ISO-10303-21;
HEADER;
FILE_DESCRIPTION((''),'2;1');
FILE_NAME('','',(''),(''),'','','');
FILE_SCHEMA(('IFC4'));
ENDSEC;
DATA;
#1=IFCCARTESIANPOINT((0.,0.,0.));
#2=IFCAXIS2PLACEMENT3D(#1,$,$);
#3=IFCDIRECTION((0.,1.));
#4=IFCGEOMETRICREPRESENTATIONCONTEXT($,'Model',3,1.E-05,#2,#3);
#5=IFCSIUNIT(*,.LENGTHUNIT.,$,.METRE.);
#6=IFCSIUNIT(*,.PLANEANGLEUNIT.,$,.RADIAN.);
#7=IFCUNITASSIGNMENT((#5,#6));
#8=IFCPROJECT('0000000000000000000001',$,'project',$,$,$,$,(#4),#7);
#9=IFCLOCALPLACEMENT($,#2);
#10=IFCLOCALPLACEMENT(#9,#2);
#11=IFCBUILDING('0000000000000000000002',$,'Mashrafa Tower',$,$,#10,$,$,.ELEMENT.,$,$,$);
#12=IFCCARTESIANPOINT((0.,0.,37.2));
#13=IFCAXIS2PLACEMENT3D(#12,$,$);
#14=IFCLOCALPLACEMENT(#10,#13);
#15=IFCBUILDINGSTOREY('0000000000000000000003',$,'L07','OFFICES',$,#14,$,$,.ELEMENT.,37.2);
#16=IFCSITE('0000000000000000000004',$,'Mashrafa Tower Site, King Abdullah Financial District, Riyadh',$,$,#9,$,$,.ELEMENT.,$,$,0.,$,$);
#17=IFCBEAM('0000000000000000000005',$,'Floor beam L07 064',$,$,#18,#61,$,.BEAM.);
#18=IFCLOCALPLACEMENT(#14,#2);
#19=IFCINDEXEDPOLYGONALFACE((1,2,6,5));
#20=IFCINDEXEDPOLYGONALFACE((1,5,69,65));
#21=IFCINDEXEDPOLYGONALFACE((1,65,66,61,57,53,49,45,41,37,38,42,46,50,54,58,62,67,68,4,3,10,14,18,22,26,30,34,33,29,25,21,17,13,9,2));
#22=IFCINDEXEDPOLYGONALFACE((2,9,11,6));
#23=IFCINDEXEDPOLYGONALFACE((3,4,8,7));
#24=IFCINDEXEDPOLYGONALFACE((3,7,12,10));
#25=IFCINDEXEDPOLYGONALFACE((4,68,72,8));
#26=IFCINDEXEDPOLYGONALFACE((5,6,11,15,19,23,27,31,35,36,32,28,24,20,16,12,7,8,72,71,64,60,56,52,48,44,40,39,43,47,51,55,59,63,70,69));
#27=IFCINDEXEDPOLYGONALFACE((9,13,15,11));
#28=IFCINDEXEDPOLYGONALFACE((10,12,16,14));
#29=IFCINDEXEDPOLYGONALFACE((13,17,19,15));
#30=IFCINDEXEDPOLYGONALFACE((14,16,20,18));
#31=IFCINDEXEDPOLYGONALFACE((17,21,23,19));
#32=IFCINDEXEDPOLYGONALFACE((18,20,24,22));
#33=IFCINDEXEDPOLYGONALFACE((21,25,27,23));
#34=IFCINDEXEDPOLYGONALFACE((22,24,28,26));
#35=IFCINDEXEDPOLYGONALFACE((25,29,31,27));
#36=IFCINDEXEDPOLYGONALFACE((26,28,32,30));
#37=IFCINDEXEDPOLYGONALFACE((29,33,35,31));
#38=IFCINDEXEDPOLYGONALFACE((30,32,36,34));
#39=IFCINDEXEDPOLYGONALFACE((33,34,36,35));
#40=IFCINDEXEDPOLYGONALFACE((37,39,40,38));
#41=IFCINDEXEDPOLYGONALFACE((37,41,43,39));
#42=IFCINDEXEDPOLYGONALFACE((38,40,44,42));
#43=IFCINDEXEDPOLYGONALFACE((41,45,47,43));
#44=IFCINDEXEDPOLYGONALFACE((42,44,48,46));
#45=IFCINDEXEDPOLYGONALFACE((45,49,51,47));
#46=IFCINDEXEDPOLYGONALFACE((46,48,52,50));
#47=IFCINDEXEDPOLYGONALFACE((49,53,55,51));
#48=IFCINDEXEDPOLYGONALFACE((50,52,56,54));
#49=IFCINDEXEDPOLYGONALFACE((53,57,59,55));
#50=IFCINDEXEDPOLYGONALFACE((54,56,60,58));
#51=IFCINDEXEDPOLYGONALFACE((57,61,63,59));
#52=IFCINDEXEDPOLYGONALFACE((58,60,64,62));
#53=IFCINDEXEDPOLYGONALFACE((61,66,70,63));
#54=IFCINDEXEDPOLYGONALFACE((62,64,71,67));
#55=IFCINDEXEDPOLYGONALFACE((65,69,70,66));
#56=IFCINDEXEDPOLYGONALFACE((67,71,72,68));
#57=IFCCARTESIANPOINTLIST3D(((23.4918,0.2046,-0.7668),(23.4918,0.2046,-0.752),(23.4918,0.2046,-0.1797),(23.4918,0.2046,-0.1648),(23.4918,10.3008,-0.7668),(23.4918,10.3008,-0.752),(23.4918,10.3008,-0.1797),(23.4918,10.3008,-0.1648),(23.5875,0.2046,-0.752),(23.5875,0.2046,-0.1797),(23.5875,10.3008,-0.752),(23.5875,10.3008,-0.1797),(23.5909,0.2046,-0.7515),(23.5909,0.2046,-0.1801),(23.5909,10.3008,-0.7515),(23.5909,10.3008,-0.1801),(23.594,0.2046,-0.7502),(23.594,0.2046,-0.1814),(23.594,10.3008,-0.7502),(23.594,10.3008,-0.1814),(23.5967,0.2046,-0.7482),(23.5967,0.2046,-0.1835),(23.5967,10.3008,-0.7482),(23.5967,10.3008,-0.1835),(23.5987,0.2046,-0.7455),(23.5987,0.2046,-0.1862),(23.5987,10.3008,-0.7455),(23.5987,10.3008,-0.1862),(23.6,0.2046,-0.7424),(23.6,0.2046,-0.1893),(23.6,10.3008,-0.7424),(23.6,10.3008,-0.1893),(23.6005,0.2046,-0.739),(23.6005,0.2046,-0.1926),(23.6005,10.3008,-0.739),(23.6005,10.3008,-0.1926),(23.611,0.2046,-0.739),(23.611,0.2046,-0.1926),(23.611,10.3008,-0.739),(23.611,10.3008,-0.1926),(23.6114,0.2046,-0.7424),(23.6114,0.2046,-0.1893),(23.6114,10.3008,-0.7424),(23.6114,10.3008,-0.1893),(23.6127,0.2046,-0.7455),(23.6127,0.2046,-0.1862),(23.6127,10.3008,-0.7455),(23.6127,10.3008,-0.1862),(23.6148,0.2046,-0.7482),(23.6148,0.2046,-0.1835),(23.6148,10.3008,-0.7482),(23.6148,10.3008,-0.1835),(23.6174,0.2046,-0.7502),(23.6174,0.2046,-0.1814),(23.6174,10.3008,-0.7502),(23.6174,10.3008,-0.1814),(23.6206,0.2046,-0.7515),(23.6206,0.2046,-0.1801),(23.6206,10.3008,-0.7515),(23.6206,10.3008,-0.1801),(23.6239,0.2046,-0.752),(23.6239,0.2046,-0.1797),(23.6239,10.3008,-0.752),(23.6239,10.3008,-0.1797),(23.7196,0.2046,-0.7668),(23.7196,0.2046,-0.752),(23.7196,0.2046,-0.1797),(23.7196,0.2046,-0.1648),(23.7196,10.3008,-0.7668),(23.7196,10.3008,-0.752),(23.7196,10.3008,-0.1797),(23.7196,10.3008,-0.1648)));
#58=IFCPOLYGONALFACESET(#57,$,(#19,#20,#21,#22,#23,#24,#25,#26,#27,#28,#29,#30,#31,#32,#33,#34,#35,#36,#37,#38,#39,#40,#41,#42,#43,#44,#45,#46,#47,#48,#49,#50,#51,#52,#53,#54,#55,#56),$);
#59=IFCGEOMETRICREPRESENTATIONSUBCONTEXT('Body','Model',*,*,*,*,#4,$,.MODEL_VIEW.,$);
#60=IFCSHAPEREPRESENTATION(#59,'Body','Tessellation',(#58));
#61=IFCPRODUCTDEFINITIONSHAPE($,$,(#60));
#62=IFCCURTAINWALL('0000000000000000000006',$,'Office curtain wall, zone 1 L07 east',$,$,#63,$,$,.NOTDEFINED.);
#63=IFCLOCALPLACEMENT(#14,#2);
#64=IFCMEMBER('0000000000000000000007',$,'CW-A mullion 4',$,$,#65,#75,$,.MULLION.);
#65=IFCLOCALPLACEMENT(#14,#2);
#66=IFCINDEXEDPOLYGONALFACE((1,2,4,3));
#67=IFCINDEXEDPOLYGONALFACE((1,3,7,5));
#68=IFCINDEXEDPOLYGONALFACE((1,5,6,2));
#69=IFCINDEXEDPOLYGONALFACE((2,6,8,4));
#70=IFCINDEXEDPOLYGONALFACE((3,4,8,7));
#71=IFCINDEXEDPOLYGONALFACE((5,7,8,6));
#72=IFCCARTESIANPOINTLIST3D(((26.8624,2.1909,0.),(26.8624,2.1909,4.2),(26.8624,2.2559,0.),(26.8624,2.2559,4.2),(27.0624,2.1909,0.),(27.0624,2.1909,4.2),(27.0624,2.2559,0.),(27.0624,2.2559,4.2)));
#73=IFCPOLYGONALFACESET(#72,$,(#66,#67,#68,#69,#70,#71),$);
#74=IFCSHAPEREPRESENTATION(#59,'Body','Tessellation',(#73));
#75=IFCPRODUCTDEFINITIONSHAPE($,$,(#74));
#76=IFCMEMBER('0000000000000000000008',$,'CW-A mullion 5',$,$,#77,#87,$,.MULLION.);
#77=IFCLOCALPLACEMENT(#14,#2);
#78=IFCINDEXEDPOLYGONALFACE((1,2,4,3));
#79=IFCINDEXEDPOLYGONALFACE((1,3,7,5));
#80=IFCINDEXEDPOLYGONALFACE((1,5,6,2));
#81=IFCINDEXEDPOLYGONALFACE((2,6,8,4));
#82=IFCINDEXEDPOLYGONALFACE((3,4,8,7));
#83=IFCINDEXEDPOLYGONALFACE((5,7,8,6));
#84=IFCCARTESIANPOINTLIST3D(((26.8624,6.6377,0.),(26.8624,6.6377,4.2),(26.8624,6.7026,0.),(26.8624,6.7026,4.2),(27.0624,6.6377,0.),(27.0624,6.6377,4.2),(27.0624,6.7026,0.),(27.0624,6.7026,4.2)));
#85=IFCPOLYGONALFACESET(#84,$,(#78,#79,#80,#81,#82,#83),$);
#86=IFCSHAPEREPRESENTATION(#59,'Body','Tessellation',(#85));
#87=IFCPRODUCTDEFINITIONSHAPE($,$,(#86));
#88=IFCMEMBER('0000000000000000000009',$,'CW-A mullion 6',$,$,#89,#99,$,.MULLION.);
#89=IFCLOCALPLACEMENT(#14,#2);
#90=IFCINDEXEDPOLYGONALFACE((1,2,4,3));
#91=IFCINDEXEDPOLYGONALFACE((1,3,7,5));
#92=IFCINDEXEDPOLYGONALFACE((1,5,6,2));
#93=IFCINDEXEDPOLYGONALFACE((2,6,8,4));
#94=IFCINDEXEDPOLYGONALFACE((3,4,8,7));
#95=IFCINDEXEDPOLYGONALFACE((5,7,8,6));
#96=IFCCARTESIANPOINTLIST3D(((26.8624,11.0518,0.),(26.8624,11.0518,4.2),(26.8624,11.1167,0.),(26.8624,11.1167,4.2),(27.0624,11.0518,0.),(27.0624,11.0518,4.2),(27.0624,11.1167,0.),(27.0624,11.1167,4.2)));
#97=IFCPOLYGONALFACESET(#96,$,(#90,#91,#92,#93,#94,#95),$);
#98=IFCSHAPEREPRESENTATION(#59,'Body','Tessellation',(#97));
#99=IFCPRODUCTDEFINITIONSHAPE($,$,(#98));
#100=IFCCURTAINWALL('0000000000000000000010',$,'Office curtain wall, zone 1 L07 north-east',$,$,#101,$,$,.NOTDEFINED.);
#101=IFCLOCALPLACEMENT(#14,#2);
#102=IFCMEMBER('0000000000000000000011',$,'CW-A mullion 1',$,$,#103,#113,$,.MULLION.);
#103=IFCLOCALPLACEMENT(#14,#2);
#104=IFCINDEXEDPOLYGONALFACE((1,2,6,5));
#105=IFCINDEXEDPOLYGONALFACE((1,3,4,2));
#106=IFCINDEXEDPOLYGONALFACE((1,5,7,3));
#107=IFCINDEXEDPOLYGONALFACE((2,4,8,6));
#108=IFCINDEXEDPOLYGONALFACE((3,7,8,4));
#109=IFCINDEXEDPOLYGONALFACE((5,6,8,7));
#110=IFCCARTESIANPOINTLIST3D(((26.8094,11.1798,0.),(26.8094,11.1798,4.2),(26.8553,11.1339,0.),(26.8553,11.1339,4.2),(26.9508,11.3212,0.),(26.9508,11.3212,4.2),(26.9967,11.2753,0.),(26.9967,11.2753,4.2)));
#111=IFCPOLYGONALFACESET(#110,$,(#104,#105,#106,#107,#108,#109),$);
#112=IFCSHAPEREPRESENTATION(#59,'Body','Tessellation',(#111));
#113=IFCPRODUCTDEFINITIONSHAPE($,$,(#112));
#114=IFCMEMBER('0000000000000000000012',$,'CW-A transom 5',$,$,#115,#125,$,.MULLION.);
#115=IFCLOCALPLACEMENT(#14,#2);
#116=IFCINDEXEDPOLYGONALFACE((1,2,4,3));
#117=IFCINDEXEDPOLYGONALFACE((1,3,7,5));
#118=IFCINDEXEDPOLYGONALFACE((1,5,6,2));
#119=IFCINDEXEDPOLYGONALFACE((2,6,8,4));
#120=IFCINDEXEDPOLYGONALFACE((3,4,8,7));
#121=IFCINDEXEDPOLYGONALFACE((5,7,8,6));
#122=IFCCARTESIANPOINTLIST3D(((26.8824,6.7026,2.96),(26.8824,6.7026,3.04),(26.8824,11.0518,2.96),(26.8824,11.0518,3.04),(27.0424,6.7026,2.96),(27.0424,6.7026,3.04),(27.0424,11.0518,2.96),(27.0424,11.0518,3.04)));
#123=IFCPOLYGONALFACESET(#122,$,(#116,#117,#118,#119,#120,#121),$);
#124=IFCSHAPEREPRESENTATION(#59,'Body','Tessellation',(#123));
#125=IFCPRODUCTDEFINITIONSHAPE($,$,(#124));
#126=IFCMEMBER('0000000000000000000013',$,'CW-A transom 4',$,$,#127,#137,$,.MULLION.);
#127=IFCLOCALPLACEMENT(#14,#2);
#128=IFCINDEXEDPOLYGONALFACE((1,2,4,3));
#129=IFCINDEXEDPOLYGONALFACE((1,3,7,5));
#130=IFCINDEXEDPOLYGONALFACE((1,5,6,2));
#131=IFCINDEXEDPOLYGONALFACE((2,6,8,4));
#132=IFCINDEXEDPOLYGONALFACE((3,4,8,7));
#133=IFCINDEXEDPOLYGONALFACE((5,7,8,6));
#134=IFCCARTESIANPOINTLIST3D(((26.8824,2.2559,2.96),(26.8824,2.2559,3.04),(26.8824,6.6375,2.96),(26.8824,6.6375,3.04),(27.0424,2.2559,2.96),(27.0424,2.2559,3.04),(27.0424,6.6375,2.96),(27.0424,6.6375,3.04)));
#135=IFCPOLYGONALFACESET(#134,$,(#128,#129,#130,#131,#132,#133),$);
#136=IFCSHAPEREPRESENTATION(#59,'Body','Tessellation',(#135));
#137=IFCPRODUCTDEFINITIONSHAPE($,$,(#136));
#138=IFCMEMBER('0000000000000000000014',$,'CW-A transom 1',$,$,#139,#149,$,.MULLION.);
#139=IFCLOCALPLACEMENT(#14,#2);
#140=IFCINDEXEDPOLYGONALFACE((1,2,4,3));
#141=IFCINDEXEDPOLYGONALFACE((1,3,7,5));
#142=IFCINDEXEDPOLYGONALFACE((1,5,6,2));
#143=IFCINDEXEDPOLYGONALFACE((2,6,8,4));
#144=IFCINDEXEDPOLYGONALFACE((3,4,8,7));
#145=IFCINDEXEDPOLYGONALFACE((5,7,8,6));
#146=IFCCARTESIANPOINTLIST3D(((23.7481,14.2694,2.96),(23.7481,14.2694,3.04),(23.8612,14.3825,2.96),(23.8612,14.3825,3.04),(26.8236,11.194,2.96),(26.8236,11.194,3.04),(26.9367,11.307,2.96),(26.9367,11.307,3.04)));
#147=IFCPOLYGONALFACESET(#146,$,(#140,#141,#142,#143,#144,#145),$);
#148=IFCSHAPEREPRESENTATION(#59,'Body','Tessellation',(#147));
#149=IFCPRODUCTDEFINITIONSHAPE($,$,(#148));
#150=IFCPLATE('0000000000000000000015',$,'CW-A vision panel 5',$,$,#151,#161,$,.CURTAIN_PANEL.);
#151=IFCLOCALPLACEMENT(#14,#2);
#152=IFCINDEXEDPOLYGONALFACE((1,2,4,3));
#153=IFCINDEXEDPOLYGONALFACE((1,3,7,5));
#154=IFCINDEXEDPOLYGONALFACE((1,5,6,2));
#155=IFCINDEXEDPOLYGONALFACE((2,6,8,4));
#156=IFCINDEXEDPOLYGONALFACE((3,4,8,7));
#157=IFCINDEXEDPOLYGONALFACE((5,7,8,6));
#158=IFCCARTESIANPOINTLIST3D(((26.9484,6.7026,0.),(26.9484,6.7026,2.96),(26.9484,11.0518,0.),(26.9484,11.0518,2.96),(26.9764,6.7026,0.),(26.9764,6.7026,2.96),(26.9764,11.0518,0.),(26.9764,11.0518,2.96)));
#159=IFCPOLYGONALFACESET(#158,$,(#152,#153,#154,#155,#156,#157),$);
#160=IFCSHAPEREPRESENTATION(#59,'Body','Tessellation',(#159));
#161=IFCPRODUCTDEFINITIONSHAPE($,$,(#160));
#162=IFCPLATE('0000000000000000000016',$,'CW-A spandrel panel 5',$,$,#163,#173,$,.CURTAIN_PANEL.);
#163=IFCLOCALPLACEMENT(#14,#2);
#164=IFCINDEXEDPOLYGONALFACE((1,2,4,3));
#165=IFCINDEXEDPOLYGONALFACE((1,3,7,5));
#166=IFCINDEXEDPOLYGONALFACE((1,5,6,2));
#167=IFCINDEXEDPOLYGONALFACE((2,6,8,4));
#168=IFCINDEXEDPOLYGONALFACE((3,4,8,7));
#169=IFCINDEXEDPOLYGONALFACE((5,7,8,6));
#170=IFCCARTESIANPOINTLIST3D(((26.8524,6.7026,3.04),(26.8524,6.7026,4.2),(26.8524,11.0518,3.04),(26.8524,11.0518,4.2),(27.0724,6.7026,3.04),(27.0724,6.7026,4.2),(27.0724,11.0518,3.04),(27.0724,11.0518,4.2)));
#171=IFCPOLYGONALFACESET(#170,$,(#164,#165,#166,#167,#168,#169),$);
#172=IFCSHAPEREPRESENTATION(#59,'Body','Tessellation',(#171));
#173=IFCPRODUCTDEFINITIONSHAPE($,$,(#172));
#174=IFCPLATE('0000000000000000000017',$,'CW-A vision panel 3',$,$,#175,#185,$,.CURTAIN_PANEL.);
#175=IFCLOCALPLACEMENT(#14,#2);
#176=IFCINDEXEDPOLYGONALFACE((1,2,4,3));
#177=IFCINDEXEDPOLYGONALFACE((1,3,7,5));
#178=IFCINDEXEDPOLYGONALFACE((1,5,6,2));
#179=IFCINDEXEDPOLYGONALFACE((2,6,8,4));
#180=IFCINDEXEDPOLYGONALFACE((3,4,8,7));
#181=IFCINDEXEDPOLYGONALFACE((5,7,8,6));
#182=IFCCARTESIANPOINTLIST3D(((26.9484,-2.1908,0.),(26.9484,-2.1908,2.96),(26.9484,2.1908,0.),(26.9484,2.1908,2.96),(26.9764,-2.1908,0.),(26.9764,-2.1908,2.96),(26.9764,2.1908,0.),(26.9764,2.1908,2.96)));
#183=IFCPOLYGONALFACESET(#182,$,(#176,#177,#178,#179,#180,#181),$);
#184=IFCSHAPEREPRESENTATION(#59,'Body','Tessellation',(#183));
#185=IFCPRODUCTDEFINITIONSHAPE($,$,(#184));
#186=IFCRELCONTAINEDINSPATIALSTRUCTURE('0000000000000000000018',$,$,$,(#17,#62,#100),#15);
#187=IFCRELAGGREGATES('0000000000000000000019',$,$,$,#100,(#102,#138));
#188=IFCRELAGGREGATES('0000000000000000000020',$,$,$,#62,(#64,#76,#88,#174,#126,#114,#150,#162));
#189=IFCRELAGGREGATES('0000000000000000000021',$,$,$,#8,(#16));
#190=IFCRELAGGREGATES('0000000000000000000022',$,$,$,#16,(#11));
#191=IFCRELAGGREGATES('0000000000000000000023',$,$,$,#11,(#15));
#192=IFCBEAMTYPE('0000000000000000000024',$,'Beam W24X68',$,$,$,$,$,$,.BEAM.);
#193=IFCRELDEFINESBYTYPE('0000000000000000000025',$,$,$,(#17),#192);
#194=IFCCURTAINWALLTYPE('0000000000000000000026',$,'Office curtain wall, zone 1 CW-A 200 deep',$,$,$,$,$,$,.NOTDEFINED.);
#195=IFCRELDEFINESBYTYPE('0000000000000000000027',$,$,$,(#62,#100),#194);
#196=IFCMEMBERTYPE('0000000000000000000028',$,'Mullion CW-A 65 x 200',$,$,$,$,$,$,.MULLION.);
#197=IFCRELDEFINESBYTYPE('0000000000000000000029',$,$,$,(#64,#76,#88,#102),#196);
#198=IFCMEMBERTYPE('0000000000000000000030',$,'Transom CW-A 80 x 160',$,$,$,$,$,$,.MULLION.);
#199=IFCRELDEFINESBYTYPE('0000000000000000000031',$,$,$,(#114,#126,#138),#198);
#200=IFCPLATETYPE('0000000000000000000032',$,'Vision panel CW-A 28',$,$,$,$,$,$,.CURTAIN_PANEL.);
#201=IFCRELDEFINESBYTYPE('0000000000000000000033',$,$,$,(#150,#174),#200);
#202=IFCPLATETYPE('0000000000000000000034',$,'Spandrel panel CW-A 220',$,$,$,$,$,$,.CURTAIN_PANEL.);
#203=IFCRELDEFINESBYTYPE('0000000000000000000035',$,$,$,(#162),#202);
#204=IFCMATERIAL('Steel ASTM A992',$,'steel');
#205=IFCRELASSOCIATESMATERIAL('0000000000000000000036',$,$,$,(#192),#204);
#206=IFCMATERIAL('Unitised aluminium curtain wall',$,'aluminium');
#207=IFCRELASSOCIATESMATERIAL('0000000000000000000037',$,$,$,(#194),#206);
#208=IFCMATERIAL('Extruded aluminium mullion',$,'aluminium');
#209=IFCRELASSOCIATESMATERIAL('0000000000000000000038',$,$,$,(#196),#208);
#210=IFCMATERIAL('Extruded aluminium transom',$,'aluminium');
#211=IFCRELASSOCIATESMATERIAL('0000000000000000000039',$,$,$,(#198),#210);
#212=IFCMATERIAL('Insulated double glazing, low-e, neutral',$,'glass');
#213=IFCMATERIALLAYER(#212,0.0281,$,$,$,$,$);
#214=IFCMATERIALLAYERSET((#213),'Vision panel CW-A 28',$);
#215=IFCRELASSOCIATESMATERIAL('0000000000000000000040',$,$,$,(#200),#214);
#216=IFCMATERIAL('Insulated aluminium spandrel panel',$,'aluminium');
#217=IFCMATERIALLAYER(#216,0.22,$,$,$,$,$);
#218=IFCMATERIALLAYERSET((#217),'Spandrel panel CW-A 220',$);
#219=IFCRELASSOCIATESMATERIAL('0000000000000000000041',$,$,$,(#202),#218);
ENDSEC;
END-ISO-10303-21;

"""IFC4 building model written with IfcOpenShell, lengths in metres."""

from ifc_helpers import new_model, si_unit, direction, frame, origin, origin_2d, place, context, subcontext, project, spatial, rectangle, i_section, extrude, source, transform, mapped, material, layer, layer_set, material_profile, profile_set, type_object, type_shapes, element, aggregate, save


model = new_model("IFC4")

# Units and contexts
model_context = context("Model", 3, precision=1e-05, world=origin(), true_north=direction((0.0, 1.0)))
body_context = subcontext(model_context, "Body", "Model", "MODEL_VIEW")
ifc_project = project(units=[si_unit("LENGTHUNIT", "METRE"), si_unit("PLANEANGLEUNIT", "RADIAN")], contexts=[model_context])

# Site, building, storey
site_placement = place(None, origin())
site = spatial("IfcSite", under=ifc_project, at=site_placement, Name="Mashrafa Tower Site, King Abdullah Financial District, Riyadh", CompositionType="ELEMENT", RefElevation=0.0)
building_placement = place(site_placement, origin())
building = spatial("IfcBuilding", under=site, at=building_placement, Name="Mashrafa Tower", CompositionType="ELEMENT")
storey_placement = place(building_placement, frame((0.0, 0.0, 37.2)))
storey = spatial("IfcBuildingStorey", under=building, at=storey_placement, Name="L07", Description="OFFICES", CompositionType="ELEMENT", Elevation=37.2)

# Beam
ifc_material_1 = material(Name="Steel ASTM A992", Category="steel")
ifc_material_profile_1 = material_profile(ifc_material_1, i_section(OverallWidth=0.2278, OverallDepth=0.6021, WebThickness=0.0105, FlangeThickness=0.0149, FilletRadius=0.0129, at=origin_2d()), Name="W24X68")
ifc_profile_set_1 = profile_set([ifc_material_profile_1], Name="Steel ASTM A992")
beam_type_1 = type_object("IfcBeamType", Name="Beam W24X68", PredefinedType="BEAM", material=ifc_profile_set_1)
beam_1_placement = place(storey_placement, frame((23.6057, 10.3008, -0.4658), z_axis=(0.0, -1.0, 0.0), x_axis=(1.0, 0.0, 0.0)))
element("IfcBeam", 1, at=beam_1_placement, inside=storey, type_object=beam_type_1, Name="Floor beam L07 064", PredefinedType="BEAM", context=body_context, shape_type="SweptSolid", body=[
    extrude(i_section(OverallWidth=0.2278, OverallDepth=0.6021, WebThickness=0.0105, FlangeThickness=0.0149, FilletRadius=0.0129, at=origin_2d()), origin(), (0.0, 0.0, 1.0), 10.0962),
])

# Curtain wall, members
ifc_material_2 = material(Name="Unitised aluminium curtain wall", Category="aluminium")
curtain_wall_type = type_object("IfcCurtainWallType", Name="Office curtain wall, zone 1 CW-A 200 deep", PredefinedType="NOTDEFINED", material=ifc_material_2)
curtain_wall_1_placement = place(storey_placement, origin())
curtain_wall_1 = element("IfcCurtainWall", 2, at=curtain_wall_1_placement, inside=storey, type_object=curtain_wall_type, Name="Office curtain wall, zone 1 L07 east", PredefinedType="NOTDEFINED")
ifc_material_3 = material(Name="Extruded aluminium mullion", Category="aluminium")
ifc_material_profile_2 = material_profile(ifc_material_3, rectangle(XDim=0.2, YDim=0.0649, at=origin_2d()), Name="Mullion 65x200")
ifc_profile_set_2 = profile_set([ifc_material_profile_2], Name="Extruded aluminium mullion")
member_type_1 = type_object("IfcMemberType", Name="Mullion CW-A 65 x 200", PredefinedType="MULLION", material=ifc_profile_set_2)
shared_shape_1 = source(origin(), body_context, "Body", "SweptSolid", [
    extrude(rectangle(XDim=0.2, YDim=0.0649, at=origin_2d()), origin(), (0.0, 0.0, 1.0), 4.2),
])
type_shapes(member_type_1, [shared_shape_1])
member_1_placement = place(storey_placement, frame((26.9624, 2.2234, 0.0), z_axis=(0.0, 0.0, 1.0), x_axis=(-1.0, 0.0, 0.0)))
member_1 = element("IfcMember", 3, at=member_1_placement, type_object=member_type_1, Name="CW-A mullion 4", PredefinedType="MULLION", context=body_context, shape_type="MappedRepresentation", body=[
    mapped(shared_shape_1, transform((0.0, 0.0, 0.0))),
])
member_2_placement = place(storey_placement, frame((26.9624, 6.6702, 0.0), z_axis=(0.0, 0.0, 1.0), x_axis=(-1.0, 0.0, 0.0)))
member_2 = element("IfcMember", 4, at=member_2_placement, type_object=member_type_1, Name="CW-A mullion 5", PredefinedType="MULLION", context=body_context, shape_type="MappedRepresentation", body=[
    mapped(shared_shape_1, transform((0.0, 0.0, 0.0))),
])
member_3_placement = place(storey_placement, frame((26.9624, 11.0842, 0.0), z_axis=(0.0, 0.0, 1.0), x_axis=(-1.0, 0.0, 0.0)))
member_3 = element("IfcMember", 5, at=member_3_placement, type_object=member_type_1, Name="CW-A mullion 6", PredefinedType="MULLION", context=body_context, shape_type="MappedRepresentation", body=[
    mapped(shared_shape_1, transform((0.0, 0.0, 0.0))),
])

# Curtain wall, member
curtain_wall_2_placement = place(storey_placement, origin())
curtain_wall_2 = element("IfcCurtainWall", 6, at=curtain_wall_2_placement, inside=storey, type_object=curtain_wall_type, Name="Office curtain wall, zone 1 L07 north-east", PredefinedType="NOTDEFINED")
member_4_placement = place(storey_placement, frame((26.9031, 11.2275, 0.0), z_axis=(0.0, 0.0, 1.0), x_axis=(-0.707107, -0.707107, 0.0)))
member_4 = element("IfcMember", 7, at=member_4_placement, type_object=member_type_1, Name="CW-A mullion 1", PredefinedType="MULLION", context=body_context, shape_type="MappedRepresentation", body=[
    mapped(shared_shape_1, transform((0.0, 0.0, 0.0))),
])

# Members
ifc_material_4 = material(Name="Extruded aluminium transom", Category="aluminium")
ifc_material_profile_3 = material_profile(ifc_material_4, rectangle(XDim=0.1599, YDim=0.0801, at=origin_2d()), Name="Transom 80x160")
ifc_profile_set_3 = profile_set([ifc_material_profile_3], Name="Extruded aluminium transom")
member_type_2 = type_object("IfcMemberType", Name="Transom CW-A 80 x 160", PredefinedType="MULLION", material=ifc_profile_set_3)
shared_shape_2 = source(origin(), body_context, "Body", "SweptSolid", [
    extrude(rectangle(XDim=0.1599, YDim=0.0801, at=origin_2d()), origin(), (0.0, 0.0, 1.0), 4.3491),
])
member_5_placement = place(storey_placement, frame((26.9624, 6.7026, 3.0), z_axis=(0.0, 1.0, 0.0), x_axis=(-1.0, 0.0, 0.0)))
member_5 = element("IfcMember", 8, at=member_5_placement, type_object=member_type_2, Name="CW-A transom 5", PredefinedType="MULLION", context=body_context, shape_type="MappedRepresentation", body=[
    mapped(shared_shape_2, transform((0.0, 0.0, 0.0))),
])
shared_shape_3 = source(origin(), body_context, "Body", "SweptSolid", [
    extrude(rectangle(XDim=0.1599, YDim=0.0801, at=origin_2d()), origin(), (0.0, 0.0, 1.0), 4.3816),
])
member_6_placement = place(storey_placement, frame((26.9624, 2.2559, 3.0), z_axis=(0.0, 1.0, 0.0), x_axis=(-1.0, 0.0, 0.0)))
member_6 = element("IfcMember", 9, at=member_6_placement, type_object=member_type_2, Name="CW-A transom 4", PredefinedType="MULLION", context=body_context, shape_type="MappedRepresentation", body=[
    mapped(shared_shape_3, transform((0.0, 0.0, 0.0))),
])
shared_shape_4 = source(origin(), body_context, "Body", "SweptSolid", [
    extrude(rectangle(XDim=0.1599, YDim=0.0801, at=origin_2d()), origin(), (0.0, 0.0, 1.0), 4.3494),
])
type_shapes(member_type_2, [shared_shape_2, shared_shape_3, shared_shape_4])
member_7_placement = place(storey_placement, frame((26.8801, 11.2505, 3.0), z_axis=(-0.707107, 0.707107, 0.0), x_axis=(-0.707107, -0.707107, 0.0)))
member_7 = element("IfcMember", 10, at=member_7_placement, type_object=member_type_2, Name="CW-A transom 1", PredefinedType="MULLION", context=body_context, shape_type="MappedRepresentation", body=[
    mapped(shared_shape_4, transform((0.0, 0.0, 0.0))),
])
aggregate(curtain_wall_2, [member_4, member_7])

# Plates
ifc_material_5 = material(Name="Insulated double glazing, low-e, neutral", Category="glass")
ifc_layer_1 = layer(ifc_material_5, 0.0281)
ifc_layer_set_1 = layer_set([ifc_layer_1], Name="Vision panel CW-A 28")
plate_type_1 = type_object("IfcPlateType", Name="Vision panel CW-A 28", PredefinedType="CURTAIN_PANEL", material=ifc_layer_set_1)
shared_shape_5 = source(origin(), body_context, "Body", "SweptSolid", [
    extrude(rectangle(XDim=4.3491, YDim=0.0281, at=origin_2d()), origin(), (0.0, 0.0, 1.0), 2.96),
])
plate_1_placement = place(storey_placement, frame((26.9624, 8.8772, 0.0), z_axis=(0.0, 0.0, 1.0), x_axis=(0.0, 1.0, 0.0)))
plate_1 = element("IfcPlate", 11, at=plate_1_placement, type_object=plate_type_1, Name="CW-A vision panel 5", PredefinedType="CURTAIN_PANEL", context=body_context, shape_type="MappedRepresentation", body=[
    mapped(shared_shape_5, transform((0.0, 0.0, 0.0))),
])
ifc_material_6 = material(Name="Insulated aluminium spandrel panel", Category="aluminium")
ifc_layer_2 = layer(ifc_material_6, 0.22)
ifc_layer_set_2 = layer_set([ifc_layer_2], Name="Spandrel panel CW-A 220")
plate_type_2 = type_object("IfcPlateType", Name="Spandrel panel CW-A 220", PredefinedType="CURTAIN_PANEL", material=ifc_layer_set_2)
shared_shape_6 = source(origin(), body_context, "Body", "SweptSolid", [
    extrude(rectangle(XDim=4.3491, YDim=0.22, at=origin_2d()), origin(), (0.0, 0.0, 1.0), 1.1599),
])
plate_2_placement = place(storey_placement, frame((26.9624, 8.8772, 3.04), z_axis=(0.0, 0.0, 1.0), x_axis=(0.0, 1.0, 0.0)))
plate_2 = element("IfcPlate", 12, at=plate_2_placement, type_object=plate_type_2, Name="CW-A spandrel panel 5", PredefinedType="CURTAIN_PANEL", context=body_context, shape_type="MappedRepresentation", body=[
    mapped(shared_shape_6, transform((0.0, 0.0, 0.0))),
])
shared_shape_7 = source(origin(), body_context, "Body", "SweptSolid", [
    extrude(rectangle(XDim=4.3816, YDim=0.0281, at=origin_2d()), origin(), (0.0, 0.0, 1.0), 2.96),
])
type_shapes(plate_type_1, [shared_shape_5, shared_shape_7])
plate_3_placement = place(storey_placement, frame((26.9624, 0.0, 0.0), z_axis=(0.0, 0.0, 1.0), x_axis=(0.0, 1.0, 0.0)))
plate_3 = element("IfcPlate", 13, at=plate_3_placement, type_object=plate_type_1, Name="CW-A vision panel 3", PredefinedType="CURTAIN_PANEL", context=body_context, shape_type="MappedRepresentation", body=[
    mapped(shared_shape_7, transform((0.0, 0.0, 0.0))),
])
aggregate(curtain_wall_1, [member_1, member_2, member_3, plate_3, member_6, member_5, plate_1, plate_2])

save(model, "model.ifc")
